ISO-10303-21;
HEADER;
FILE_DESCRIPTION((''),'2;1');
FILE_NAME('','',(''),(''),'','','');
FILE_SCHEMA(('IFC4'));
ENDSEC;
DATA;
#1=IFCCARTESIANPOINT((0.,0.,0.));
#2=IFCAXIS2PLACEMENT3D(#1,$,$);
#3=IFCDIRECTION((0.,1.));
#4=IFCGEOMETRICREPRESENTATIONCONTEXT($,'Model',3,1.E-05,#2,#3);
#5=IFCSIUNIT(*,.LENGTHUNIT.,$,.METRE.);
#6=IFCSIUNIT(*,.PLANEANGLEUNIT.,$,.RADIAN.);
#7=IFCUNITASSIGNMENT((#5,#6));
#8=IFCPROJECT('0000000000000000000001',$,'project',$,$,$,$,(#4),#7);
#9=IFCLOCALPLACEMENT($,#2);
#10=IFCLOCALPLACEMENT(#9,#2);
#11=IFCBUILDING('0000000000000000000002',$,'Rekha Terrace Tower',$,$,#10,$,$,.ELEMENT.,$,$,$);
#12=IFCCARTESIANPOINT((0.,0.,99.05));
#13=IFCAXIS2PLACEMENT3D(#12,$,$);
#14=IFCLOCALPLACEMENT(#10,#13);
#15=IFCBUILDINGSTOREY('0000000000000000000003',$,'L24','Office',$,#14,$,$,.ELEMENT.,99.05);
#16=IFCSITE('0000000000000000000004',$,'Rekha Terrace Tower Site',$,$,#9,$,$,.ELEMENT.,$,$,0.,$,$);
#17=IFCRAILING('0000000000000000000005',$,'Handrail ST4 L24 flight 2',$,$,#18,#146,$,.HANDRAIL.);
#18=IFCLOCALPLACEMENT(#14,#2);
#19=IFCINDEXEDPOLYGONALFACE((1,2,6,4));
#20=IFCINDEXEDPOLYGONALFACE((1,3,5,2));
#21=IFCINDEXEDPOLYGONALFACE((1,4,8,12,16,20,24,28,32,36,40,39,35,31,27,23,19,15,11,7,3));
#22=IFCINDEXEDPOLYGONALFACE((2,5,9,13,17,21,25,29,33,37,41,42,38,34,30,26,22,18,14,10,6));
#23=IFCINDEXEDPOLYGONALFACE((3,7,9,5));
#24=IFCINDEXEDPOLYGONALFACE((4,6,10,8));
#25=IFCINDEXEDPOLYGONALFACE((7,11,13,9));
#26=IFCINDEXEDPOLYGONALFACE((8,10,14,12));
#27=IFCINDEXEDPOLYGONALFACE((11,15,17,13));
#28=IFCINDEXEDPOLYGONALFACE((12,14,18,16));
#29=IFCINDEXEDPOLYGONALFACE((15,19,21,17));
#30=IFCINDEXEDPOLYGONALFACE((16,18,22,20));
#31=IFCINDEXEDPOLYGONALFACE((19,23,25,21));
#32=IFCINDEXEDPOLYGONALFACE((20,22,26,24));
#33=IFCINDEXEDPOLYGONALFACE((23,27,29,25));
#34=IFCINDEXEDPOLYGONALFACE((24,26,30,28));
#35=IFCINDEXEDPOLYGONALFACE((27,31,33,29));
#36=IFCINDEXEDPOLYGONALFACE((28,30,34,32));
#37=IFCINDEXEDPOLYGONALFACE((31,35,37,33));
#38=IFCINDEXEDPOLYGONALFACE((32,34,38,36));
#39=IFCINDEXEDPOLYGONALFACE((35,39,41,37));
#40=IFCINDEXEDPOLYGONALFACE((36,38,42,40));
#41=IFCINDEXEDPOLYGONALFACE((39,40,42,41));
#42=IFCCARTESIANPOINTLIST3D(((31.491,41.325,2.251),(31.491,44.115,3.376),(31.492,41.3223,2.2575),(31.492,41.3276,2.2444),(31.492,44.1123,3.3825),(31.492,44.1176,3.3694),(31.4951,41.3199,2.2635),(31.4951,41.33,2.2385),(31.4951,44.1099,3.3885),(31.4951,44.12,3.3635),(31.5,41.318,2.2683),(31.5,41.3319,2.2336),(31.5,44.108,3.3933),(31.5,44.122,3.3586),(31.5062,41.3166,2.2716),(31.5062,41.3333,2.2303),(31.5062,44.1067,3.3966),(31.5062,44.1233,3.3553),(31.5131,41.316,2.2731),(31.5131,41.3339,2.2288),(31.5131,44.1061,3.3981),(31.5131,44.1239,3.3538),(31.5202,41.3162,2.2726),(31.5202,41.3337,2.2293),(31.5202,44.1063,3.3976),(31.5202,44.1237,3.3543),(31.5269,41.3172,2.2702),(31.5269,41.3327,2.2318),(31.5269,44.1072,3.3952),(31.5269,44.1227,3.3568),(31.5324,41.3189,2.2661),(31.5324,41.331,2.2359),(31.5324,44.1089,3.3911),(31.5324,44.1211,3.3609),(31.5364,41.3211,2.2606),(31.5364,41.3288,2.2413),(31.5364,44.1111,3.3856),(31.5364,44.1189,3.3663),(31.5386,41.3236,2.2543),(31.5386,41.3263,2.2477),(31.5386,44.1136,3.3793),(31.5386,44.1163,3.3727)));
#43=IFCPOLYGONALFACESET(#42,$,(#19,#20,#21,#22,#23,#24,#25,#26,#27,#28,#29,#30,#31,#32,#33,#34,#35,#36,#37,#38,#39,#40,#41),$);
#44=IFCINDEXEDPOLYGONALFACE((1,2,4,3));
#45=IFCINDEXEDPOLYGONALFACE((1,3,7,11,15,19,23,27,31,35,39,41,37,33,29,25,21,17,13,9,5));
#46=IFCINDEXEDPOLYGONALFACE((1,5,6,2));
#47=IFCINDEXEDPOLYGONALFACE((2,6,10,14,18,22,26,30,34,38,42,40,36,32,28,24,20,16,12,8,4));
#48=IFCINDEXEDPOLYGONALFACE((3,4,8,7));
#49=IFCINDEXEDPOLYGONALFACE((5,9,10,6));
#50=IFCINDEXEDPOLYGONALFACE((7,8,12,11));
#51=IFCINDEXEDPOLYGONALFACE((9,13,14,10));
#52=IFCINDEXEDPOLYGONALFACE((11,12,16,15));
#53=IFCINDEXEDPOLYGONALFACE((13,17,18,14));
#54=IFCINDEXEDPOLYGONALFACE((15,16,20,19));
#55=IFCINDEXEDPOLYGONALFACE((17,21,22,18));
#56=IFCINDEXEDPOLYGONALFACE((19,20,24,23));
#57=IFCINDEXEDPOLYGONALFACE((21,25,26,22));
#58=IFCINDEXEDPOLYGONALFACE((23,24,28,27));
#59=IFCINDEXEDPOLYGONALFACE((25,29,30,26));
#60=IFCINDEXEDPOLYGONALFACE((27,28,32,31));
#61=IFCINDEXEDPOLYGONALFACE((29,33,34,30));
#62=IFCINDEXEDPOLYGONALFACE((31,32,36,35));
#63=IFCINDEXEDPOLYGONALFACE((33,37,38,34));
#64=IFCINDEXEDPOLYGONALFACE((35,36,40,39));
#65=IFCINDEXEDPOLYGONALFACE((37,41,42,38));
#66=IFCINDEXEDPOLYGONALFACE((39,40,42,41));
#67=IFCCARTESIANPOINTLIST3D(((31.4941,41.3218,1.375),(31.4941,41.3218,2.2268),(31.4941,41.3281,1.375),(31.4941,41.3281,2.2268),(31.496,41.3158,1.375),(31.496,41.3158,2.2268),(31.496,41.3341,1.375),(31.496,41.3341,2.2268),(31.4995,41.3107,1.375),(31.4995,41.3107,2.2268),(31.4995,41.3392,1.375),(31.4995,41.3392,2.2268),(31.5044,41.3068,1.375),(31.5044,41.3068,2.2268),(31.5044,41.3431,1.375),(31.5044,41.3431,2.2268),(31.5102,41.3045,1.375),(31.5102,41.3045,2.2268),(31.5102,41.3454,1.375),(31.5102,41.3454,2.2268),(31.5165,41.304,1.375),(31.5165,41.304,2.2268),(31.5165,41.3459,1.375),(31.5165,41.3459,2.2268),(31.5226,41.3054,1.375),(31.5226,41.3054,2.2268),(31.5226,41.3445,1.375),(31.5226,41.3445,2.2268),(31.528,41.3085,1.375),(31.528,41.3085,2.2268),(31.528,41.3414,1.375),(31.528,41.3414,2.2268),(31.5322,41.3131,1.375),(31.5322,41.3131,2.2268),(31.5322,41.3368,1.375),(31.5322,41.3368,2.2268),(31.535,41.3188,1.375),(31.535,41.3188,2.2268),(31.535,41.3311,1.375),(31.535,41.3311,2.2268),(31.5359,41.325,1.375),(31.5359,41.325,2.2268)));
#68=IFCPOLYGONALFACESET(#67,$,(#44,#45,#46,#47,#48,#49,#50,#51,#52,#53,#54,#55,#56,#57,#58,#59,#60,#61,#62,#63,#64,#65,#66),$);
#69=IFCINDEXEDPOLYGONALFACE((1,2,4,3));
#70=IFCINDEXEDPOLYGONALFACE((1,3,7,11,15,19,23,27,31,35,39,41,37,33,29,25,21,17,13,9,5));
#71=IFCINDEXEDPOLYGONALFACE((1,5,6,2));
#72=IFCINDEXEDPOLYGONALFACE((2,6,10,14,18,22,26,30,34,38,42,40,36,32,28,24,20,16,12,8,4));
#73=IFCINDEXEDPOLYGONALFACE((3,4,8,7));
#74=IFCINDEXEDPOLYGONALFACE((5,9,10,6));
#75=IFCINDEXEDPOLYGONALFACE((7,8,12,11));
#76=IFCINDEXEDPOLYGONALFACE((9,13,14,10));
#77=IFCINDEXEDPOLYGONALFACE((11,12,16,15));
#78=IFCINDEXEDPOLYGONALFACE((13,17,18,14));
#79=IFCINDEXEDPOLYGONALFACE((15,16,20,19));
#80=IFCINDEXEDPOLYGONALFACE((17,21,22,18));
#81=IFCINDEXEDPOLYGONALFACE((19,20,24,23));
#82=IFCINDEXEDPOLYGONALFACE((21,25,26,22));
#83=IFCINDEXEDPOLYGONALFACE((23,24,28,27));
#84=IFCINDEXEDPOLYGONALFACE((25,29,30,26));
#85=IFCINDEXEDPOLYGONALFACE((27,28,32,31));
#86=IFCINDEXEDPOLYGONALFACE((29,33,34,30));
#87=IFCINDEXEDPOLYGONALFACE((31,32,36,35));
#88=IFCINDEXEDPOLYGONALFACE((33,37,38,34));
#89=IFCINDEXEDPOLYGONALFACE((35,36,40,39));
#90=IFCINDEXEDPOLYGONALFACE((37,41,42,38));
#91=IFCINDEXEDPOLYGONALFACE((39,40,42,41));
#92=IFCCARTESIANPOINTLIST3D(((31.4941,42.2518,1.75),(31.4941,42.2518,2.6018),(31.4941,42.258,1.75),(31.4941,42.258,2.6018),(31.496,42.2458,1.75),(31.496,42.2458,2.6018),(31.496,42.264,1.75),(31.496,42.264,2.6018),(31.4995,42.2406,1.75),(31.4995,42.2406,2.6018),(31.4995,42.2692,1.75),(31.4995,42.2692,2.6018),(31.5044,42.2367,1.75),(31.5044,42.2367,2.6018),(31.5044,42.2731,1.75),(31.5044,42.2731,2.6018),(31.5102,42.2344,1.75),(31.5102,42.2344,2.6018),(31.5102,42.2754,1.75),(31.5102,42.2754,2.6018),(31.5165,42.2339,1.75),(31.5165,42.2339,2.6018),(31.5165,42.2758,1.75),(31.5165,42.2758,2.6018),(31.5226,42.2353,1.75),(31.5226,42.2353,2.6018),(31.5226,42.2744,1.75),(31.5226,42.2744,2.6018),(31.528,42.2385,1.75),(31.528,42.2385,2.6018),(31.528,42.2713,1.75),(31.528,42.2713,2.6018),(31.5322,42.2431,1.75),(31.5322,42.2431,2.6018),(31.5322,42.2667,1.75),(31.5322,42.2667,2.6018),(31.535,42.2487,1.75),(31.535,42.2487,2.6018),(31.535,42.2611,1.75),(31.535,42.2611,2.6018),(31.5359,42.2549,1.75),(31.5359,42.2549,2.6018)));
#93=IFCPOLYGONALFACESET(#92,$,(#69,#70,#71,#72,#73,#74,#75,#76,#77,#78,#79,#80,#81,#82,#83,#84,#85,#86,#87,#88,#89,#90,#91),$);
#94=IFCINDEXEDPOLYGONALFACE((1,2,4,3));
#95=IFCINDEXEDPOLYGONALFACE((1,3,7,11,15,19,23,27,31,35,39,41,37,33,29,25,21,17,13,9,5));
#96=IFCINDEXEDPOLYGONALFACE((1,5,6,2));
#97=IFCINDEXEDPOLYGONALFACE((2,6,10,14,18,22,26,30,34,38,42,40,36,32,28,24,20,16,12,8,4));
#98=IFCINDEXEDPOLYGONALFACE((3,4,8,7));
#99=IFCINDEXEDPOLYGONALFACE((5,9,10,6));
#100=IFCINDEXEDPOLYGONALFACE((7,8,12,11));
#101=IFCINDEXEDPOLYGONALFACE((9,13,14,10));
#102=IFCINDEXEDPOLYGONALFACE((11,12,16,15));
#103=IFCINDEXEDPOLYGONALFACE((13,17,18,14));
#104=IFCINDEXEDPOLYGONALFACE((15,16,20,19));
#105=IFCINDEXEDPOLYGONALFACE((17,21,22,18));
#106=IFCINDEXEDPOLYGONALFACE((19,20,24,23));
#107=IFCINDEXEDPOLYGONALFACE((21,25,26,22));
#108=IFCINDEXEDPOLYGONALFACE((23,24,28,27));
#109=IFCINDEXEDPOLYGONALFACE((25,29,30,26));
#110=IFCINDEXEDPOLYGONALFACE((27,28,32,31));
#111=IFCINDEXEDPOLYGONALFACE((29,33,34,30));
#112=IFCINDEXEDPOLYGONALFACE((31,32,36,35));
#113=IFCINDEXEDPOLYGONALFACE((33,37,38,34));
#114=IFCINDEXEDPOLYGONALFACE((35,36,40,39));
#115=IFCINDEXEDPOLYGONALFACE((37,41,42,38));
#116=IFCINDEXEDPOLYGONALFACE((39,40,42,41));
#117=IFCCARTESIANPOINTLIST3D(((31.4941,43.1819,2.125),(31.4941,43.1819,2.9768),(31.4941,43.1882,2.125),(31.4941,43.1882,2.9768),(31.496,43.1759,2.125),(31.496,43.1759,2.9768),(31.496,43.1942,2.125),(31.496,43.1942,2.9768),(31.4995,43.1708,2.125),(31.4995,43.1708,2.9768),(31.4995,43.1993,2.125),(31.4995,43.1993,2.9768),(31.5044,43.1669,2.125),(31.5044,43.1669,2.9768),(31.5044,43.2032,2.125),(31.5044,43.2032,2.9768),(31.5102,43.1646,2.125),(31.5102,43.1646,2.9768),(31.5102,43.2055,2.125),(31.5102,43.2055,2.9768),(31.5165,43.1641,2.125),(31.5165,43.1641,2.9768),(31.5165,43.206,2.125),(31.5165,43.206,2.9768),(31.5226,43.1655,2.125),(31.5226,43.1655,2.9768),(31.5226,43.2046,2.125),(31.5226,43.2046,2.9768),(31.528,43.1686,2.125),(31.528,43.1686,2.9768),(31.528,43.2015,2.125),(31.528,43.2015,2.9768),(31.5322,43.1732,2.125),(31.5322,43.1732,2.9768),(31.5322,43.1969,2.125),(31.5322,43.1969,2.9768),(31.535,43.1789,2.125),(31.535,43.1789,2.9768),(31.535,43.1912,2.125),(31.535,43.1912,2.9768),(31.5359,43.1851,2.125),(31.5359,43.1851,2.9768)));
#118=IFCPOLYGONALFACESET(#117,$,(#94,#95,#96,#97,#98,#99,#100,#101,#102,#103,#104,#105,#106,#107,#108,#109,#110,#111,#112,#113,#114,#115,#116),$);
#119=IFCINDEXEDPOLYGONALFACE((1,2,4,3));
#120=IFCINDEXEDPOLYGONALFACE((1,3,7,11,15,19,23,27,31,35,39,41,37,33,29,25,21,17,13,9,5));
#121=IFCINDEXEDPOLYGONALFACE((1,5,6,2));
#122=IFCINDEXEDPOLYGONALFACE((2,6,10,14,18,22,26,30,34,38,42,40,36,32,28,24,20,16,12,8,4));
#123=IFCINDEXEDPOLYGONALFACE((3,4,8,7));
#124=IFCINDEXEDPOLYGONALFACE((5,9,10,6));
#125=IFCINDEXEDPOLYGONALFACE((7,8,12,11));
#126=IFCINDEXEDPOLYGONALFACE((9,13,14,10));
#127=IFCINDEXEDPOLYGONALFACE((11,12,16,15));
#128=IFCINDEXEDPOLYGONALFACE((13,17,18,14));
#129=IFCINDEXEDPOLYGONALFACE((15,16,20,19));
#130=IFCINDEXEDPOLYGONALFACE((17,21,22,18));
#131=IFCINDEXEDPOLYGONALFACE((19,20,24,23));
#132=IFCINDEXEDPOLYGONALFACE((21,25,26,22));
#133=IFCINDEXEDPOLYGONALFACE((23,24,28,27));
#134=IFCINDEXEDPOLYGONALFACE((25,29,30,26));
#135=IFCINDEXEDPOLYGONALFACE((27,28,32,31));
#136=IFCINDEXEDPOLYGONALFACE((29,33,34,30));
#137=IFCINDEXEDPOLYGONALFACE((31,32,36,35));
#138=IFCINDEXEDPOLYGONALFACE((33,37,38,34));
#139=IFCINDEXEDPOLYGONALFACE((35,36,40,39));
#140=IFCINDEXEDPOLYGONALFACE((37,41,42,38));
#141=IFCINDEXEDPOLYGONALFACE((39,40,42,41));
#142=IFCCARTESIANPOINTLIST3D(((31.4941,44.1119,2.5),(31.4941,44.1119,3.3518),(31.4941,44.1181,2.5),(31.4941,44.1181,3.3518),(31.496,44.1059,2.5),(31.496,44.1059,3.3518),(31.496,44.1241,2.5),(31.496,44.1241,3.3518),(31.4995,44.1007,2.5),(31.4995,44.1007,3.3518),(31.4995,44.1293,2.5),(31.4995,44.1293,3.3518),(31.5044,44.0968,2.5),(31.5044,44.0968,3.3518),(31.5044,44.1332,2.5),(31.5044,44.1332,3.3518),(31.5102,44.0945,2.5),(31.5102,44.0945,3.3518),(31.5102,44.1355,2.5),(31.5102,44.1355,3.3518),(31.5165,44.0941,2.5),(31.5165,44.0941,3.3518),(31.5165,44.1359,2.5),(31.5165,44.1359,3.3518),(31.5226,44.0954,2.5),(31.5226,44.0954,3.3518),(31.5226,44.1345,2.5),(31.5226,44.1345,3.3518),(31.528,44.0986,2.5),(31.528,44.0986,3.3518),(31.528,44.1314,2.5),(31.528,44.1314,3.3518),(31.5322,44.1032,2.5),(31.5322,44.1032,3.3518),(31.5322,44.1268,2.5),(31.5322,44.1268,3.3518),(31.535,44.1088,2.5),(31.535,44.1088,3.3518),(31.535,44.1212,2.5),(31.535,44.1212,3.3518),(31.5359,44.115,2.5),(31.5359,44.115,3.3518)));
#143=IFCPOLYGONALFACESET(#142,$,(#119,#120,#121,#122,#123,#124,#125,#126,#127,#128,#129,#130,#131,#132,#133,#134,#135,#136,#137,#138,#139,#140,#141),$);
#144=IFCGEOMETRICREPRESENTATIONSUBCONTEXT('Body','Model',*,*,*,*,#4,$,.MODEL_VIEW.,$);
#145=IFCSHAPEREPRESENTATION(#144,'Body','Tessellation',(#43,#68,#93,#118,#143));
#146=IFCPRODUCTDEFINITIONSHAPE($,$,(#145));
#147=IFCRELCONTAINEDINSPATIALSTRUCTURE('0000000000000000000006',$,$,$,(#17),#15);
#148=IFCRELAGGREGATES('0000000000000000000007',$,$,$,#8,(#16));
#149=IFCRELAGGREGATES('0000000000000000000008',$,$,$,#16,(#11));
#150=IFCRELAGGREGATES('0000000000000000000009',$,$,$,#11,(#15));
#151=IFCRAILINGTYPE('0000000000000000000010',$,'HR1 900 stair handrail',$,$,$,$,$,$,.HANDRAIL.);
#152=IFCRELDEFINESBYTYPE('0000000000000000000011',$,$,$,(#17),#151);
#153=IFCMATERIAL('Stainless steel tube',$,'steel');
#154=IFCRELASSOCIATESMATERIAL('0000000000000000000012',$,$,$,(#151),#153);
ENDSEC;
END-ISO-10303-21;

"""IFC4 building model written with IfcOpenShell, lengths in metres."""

from ifc_helpers import new_model, si_unit, direction, frame, origin, origin_2d, place, context, subcontext, project, spatial, circle, extrude, material, type_object, element, save


model = new_model("IFC4")

# Units and contexts
model_context = context("Model", 3, precision=1e-05, world=origin(), true_north=direction((0.0, 1.0)))
body_context = subcontext(model_context, "Body", "Model", "MODEL_VIEW")
ifc_project = project(units=[si_unit("LENGTHUNIT", "METRE"), si_unit("PLANEANGLEUNIT", "RADIAN")], contexts=[model_context])

# Site, building, storey
site_placement = place(None, origin())
site = spatial("IfcSite", under=ifc_project, at=site_placement, Name="Rekha Terrace Tower Site", CompositionType="ELEMENT", RefElevation=0.0)
building_placement = place(site_placement, origin())
building = spatial("IfcBuilding", under=site, at=building_placement, Name="Rekha Terrace Tower", CompositionType="ELEMENT")
storey_placement = place(building_placement, frame((0.0, 0.0, 99.05)))
storey = spatial("IfcBuildingStorey", under=building, at=storey_placement, Name="L24", Description="Office", CompositionType="ELEMENT", Elevation=99.05)

# Railing
ifc_material_1 = material(Name="Stainless steel tube", Category="steel")
railing_type_1 = type_object("IfcRailingType", Name="HR1 900 stair handrail", PredefinedType="HANDRAIL", material=ifc_material_1)
for number, where, name in (
    (1, (31.5149, 41.325, 1.375), "Handrail ST4 L24 flight 2"),
):
    element("IfcRailing", number, at=place(storey_placement, frame(where)), inside=storey, type_object=railing_type_1, Name=name, PredefinedType="HANDRAIL", context=body_context, shape_type="SweptSolid", body=[
        extrude(circle(Radius=0.0239, at=origin_2d()), frame((0.0, 0.0, 0.876), z_axis=(0.0, 0.927443, 0.373964), x_axis=(-1.0, 0.0, 0.0)), (0.0, 0.0, 1.0), 3.0083),
        extrude(circle(Radius=0.021, at=origin_2d()), origin(), (0.0, 0.0, 1.0), 0.8518),
        extrude(circle(Radius=0.021, at=origin_2d()), frame((0.0, 0.9299, 0.375)), (0.0, 0.0, 1.0), 0.8518),
        extrude(circle(Radius=0.021, at=origin_2d()), frame((0.0, 1.8601, 0.75)), (0.0, 0.0, 1.0), 0.8518),
        extrude(circle(Radius=0.021, at=origin_2d()), frame((0.0, 2.79, 1.125)), (0.0, 0.0, 1.0), 0.8518),
    ])

save(model, "model.ifc")
